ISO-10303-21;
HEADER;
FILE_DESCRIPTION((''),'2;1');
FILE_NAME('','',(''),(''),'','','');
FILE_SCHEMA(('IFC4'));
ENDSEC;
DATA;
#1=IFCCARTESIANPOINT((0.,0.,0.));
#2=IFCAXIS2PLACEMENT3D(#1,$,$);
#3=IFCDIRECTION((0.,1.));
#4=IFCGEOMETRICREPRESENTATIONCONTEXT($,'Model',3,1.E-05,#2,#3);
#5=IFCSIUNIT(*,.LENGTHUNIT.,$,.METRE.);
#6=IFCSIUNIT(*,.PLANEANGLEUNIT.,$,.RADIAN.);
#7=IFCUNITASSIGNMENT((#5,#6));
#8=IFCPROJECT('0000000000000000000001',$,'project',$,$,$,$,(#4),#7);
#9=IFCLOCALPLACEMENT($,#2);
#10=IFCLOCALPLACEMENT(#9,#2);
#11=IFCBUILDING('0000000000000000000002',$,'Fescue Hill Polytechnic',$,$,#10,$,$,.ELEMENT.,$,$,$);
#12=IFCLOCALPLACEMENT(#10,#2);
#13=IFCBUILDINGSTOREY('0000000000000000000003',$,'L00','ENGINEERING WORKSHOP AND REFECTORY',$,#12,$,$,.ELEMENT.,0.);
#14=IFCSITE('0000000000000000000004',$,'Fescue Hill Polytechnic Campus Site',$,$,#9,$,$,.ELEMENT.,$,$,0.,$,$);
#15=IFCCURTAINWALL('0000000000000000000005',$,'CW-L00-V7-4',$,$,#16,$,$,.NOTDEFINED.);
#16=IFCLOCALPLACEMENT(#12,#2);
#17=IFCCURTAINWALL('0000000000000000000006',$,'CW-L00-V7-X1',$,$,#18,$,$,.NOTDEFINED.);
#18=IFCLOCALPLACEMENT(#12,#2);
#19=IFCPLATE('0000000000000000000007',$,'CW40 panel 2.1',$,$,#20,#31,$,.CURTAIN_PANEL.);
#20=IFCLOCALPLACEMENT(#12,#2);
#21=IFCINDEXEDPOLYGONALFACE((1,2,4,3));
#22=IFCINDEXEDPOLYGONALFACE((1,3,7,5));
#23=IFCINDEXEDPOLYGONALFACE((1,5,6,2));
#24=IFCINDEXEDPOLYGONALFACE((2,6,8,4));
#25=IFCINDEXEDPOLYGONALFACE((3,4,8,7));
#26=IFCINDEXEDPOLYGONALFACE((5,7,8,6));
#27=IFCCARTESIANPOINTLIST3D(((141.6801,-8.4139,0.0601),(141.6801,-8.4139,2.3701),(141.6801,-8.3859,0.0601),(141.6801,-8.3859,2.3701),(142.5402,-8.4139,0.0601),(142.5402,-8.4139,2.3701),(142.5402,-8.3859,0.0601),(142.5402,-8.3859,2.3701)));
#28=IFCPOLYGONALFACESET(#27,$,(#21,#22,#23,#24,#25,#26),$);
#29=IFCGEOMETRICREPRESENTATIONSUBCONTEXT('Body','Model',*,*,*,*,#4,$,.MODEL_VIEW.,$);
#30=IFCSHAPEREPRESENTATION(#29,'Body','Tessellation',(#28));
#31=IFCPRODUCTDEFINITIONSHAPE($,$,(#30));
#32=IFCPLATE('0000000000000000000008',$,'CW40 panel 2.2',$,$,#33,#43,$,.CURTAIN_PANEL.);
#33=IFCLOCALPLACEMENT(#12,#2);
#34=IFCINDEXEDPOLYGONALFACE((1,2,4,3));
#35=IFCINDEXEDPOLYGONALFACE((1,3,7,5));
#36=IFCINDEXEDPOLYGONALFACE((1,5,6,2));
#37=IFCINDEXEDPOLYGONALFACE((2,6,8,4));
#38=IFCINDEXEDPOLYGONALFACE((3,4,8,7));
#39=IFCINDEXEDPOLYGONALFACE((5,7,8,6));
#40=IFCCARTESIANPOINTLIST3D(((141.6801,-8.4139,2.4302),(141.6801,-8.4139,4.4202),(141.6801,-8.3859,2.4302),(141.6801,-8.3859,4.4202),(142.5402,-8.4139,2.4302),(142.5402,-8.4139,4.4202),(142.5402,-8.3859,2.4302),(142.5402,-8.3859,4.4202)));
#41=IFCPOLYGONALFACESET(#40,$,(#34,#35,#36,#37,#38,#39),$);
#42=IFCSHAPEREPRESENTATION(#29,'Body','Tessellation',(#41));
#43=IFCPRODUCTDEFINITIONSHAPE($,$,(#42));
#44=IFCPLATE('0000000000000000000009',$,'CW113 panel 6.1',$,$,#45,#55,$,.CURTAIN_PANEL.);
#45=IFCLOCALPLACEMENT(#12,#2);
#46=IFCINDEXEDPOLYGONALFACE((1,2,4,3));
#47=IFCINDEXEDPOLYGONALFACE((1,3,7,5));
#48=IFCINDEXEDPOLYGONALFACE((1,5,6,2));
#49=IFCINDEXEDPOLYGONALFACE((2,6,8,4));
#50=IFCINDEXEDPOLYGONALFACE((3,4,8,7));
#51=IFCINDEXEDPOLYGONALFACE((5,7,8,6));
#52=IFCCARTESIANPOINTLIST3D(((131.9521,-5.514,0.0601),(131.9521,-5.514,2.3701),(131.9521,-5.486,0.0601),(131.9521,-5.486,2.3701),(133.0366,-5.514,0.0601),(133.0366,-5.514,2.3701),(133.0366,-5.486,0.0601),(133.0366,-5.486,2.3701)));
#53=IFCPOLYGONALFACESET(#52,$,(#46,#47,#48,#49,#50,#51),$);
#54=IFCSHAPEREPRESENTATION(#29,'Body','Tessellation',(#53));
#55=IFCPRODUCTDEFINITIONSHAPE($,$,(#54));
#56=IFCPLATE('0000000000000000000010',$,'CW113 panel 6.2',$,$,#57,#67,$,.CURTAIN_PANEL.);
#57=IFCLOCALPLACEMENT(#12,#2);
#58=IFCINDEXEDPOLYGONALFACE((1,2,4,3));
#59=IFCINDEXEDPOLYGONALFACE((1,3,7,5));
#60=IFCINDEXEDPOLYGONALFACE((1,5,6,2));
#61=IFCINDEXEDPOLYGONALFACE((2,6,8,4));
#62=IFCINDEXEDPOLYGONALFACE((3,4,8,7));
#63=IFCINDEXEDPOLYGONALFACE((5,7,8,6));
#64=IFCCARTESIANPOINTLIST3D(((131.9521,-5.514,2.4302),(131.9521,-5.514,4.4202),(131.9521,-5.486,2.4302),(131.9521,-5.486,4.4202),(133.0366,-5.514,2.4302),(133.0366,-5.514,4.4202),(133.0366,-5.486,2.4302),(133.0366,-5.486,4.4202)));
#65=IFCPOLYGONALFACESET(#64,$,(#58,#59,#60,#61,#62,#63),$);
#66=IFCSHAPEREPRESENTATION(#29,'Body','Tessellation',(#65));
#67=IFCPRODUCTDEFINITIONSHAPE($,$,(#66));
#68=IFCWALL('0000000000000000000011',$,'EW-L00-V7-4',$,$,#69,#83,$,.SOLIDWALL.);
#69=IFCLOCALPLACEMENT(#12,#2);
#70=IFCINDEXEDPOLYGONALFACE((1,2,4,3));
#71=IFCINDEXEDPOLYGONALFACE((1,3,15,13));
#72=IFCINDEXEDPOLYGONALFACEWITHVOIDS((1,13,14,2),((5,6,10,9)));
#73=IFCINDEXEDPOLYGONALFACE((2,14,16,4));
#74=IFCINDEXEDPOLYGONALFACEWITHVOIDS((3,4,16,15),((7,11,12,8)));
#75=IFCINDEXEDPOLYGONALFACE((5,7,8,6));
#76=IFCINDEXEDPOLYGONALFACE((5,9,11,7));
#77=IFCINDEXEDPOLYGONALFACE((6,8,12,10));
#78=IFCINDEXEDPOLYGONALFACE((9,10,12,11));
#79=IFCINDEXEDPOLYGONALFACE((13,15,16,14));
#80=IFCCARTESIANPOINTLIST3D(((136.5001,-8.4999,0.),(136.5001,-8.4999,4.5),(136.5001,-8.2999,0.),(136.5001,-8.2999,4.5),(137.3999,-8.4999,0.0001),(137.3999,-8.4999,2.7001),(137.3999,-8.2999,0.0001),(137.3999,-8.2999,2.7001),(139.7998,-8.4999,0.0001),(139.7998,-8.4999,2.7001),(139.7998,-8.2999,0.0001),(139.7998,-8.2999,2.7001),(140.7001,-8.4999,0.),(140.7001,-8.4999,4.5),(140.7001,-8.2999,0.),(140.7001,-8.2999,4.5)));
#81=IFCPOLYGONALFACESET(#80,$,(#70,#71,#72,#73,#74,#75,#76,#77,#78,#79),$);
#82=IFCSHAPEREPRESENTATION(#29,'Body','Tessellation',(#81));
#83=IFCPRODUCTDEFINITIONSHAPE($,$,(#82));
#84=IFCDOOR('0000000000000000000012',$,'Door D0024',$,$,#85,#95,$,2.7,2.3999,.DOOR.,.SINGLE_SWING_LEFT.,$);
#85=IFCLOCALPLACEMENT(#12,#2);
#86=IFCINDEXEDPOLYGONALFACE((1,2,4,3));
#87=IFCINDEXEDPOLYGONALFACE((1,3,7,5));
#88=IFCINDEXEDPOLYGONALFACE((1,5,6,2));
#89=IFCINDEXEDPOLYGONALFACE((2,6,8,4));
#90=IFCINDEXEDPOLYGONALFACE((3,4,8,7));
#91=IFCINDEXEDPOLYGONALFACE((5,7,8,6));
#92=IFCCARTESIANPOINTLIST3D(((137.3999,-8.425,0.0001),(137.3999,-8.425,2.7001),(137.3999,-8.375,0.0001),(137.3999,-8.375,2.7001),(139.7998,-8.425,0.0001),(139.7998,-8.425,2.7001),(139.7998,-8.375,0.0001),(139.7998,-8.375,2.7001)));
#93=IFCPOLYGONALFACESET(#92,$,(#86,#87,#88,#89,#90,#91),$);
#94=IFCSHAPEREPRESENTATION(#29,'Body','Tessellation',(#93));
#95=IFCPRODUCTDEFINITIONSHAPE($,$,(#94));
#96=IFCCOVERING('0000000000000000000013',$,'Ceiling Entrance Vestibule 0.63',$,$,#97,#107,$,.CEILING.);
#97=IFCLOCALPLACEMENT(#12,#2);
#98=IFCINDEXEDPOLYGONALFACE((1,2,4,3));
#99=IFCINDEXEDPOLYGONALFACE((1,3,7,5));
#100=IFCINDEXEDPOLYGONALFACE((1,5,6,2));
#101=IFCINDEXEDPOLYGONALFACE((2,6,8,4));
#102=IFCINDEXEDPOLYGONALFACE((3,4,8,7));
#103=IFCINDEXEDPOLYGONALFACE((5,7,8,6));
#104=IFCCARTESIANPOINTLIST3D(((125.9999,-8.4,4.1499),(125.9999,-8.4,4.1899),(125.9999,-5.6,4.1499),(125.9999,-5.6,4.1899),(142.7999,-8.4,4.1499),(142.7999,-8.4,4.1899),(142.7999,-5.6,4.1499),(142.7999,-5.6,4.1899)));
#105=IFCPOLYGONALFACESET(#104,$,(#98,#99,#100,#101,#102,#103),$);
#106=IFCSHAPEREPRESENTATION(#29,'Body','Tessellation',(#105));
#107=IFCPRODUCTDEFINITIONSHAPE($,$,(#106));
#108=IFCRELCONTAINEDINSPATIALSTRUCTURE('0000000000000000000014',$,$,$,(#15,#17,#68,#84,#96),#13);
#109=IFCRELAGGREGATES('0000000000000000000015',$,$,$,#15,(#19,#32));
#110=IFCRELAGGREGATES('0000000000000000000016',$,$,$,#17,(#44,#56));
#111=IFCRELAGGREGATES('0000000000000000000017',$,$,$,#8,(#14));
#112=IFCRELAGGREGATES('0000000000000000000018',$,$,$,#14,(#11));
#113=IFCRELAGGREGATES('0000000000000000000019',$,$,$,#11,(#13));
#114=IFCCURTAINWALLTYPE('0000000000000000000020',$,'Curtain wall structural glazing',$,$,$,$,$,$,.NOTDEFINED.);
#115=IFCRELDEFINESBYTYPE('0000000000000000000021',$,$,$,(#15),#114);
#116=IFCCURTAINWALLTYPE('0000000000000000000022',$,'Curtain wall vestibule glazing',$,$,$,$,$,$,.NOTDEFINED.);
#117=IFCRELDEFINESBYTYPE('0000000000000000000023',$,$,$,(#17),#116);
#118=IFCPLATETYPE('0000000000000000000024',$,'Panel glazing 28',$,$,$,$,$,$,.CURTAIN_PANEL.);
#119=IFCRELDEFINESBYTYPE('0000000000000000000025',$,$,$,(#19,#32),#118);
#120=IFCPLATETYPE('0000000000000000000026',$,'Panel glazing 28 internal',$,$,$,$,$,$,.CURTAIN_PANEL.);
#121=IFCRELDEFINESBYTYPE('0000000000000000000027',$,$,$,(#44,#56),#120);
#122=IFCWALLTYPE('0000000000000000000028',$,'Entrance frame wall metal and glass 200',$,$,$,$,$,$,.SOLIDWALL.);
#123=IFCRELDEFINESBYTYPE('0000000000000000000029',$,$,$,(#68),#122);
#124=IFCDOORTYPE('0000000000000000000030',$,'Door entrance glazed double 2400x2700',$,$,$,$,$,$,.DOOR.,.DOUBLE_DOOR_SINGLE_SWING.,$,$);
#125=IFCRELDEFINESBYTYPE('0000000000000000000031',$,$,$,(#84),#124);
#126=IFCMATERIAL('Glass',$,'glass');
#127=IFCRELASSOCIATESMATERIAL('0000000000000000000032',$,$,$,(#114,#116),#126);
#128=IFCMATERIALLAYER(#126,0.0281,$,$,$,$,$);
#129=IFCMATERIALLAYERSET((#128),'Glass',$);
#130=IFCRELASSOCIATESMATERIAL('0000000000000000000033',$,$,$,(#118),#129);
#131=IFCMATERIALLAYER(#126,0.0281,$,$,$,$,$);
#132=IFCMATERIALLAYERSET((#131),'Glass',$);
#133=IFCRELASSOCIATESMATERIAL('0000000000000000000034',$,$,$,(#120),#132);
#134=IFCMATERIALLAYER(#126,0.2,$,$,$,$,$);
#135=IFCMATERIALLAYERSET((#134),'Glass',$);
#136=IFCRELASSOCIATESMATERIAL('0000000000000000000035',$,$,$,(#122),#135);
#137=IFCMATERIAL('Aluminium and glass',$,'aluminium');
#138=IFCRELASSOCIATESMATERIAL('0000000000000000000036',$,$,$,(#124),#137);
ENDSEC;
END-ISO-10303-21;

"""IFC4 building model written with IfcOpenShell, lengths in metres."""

from ifc_helpers import new_model, si_unit, direction, frame, frame_2d, origin, origin_2d, place, context, subcontext, project, spatial, rectangle, extrude, material, layer, layer_set, type_object, element, fill, aggregate, save


model = new_model("IFC4")

# Units and contexts
model_context = context("Model", 3, precision=1e-05, world=origin(), true_north=direction((0.0, 1.0)))
body_context = subcontext(model_context, "Body", "Model", "MODEL_VIEW")
ifc_project = project(units=[si_unit("LENGTHUNIT", "METRE"), si_unit("PLANEANGLEUNIT", "RADIAN")], contexts=[model_context])

# Site, building, storey
site_placement = place(None, origin())
site = spatial("IfcSite", under=ifc_project, at=site_placement, Name="Fescue Hill Polytechnic Campus Site", CompositionType="ELEMENT", RefElevation=0.0)
building_placement = place(site_placement, origin())
building = spatial("IfcBuilding", under=site, at=building_placement, Name="Fescue Hill Polytechnic", CompositionType="ELEMENT")
storey_placement = place(building_placement, origin())
storey = spatial("IfcBuildingStorey", under=building, at=storey_placement, Name="L00", Description="ENGINEERING WORKSHOP AND REFECTORY", CompositionType="ELEMENT", Elevation=0.0)

# Curtain wall
ifc_material_1 = material(Name="Glass", Category="glass")
curtain_wall_type_1 = type_object("IfcCurtainWallType", Name="Curtain wall structural glazing", PredefinedType="NOTDEFINED", material=ifc_material_1)
curtain_wall_1_placement = place(storey_placement, origin())
curtain_wall_1 = element("IfcCurtainWall", 1, at=curtain_wall_1_placement, inside=storey, type_object=curtain_wall_type_1, Name="CW-L00-V7-4", PredefinedType="NOTDEFINED")

# Curtain wall
curtain_wall_type_2 = type_object("IfcCurtainWallType", Name="Curtain wall vestibule glazing", PredefinedType="NOTDEFINED", material=ifc_material_1)
curtain_wall_2_placement = place(storey_placement, origin())
curtain_wall_2 = element("IfcCurtainWall", 2, at=curtain_wall_2_placement, inside=storey, type_object=curtain_wall_type_2, Name="CW-L00-V7-X1", PredefinedType="NOTDEFINED")

# Plates
ifc_layer_1 = layer(ifc_material_1, 0.0281)
ifc_layer_set_1 = layer_set([ifc_layer_1], Name="Glass")
plate_type_1 = type_object("IfcPlateType", Name="Panel glazing 28", PredefinedType="CURTAIN_PANEL", material=ifc_layer_set_1)
plate_1_placement = place(storey_placement, frame((142.1101, -8.3999, 0.0601), z_axis=(0.0, 0.0, 1.0), x_axis=(1.0, 0.0, 0.0)))
plate_1 = element("IfcPlate", 3, at=plate_1_placement, type_object=plate_type_1, Name="CW40 panel 2.1", PredefinedType="CURTAIN_PANEL", context=body_context, shape_type="SweptSolid", body=[
    extrude(rectangle(XDim=0.8601, YDim=0.0281, at=origin_2d()), origin(), (0.0, 0.0, 1.0), 2.3101),
])
plate_2_placement = place(storey_placement, frame((142.1101, -8.3999, 2.4302), z_axis=(0.0, 0.0, 1.0), x_axis=(1.0, 0.0, 0.0)))
plate_2 = element("IfcPlate", 4, at=plate_2_placement, type_object=plate_type_1, Name="CW40 panel 2.2", PredefinedType="CURTAIN_PANEL", context=body_context, shape_type="SweptSolid", body=[
    extrude(rectangle(XDim=0.8601, YDim=0.0281, at=origin_2d()), origin(), (0.0, 0.0, 1.0), 1.99),
])
aggregate(curtain_wall_1, [plate_1, plate_2])
ifc_layer_2 = layer(ifc_material_1, 0.0281)
ifc_layer_set_2 = layer_set([ifc_layer_2], Name="Glass")
plate_type_2 = type_object("IfcPlateType", Name="Panel glazing 28 internal", PredefinedType="CURTAIN_PANEL", material=ifc_layer_set_2)
plate_3_placement = place(storey_placement, frame((132.4944, -5.5, 0.0601), z_axis=(0.0, 0.0, 1.0), x_axis=(1.0, 0.0, 0.0)))
plate_3 = element("IfcPlate", 5, at=plate_3_placement, type_object=plate_type_2, Name="CW113 panel 6.1", PredefinedType="CURTAIN_PANEL", context=body_context, shape_type="SweptSolid", body=[
    extrude(rectangle(XDim=1.0845, YDim=0.0281, at=origin_2d()), origin(), (0.0, 0.0, 1.0), 2.3101),
])
plate_4_placement = place(storey_placement, frame((132.4944, -5.5, 2.4302), z_axis=(0.0, 0.0, 1.0), x_axis=(1.0, 0.0, 0.0)))
plate_4 = element("IfcPlate", 6, at=plate_4_placement, type_object=plate_type_2, Name="CW113 panel 6.2", PredefinedType="CURTAIN_PANEL", context=body_context, shape_type="SweptSolid", body=[
    extrude(rectangle(XDim=1.0845, YDim=0.0281, at=origin_2d()), origin(), (0.0, 0.0, 1.0), 1.99),
])
aggregate(curtain_wall_2, [plate_3, plate_4])

# Wall, opening, door
ifc_layer_3 = layer(ifc_material_1, 0.2)
ifc_layer_set_3 = layer_set([ifc_layer_3], Name="Glass")
wall_type = type_object("IfcWallType", Name="Entrance frame wall metal and glass 200", PredefinedType="SOLIDWALL", material=ifc_layer_set_3)
wall_placement = place(storey_placement, frame((136.5, -8.3999, 0.0), z_axis=(0.0, 0.0, 1.0), x_axis=(1.0, 0.0, 0.0)))
wall = element("IfcWall", 7, at=wall_placement, inside=storey, type_object=wall_type, Name="EW-L00-V7-4", PredefinedType="SOLIDWALL", context=body_context, shape_type="SweptSolid", body=[
    extrude(rectangle(XDim=4.2, YDim=0.2, at=frame_2d((2.1001, 0.0))), origin(), (0.0, 0.0, 1.0), 4.5),
])
opening_placement = place(wall_placement, frame((0.8999, 0.0, 0.0)))
opening = element("IfcOpeningElement", 8, at=opening_placement, cuts=wall, PredefinedType="OPENING", context=body_context, shape_type="SweptSolid", body=[
    extrude(rectangle(XDim=2.3999, YDim=2.7, at=frame_2d((1.2, 1.3501))), frame((0.0, 0.1099, 0.0), z_axis=(0.0, -1.0, 0.0), x_axis=(1.0, 0.0, 0.0)), (0.0, 0.0, 1.0), 0.22),
])
ifc_material_2 = material(Name="Aluminium and glass", Category="aluminium")
door_type = type_object("IfcDoorType", Name="Door entrance glazed double 2400x2700", OperationType="DOUBLE_DOOR_SINGLE_SWING", PredefinedType="DOOR", material=ifc_material_2)
door_placement = place(opening_placement, origin())
door = element("IfcDoor", 9, at=door_placement, inside=storey, type_object=door_type, Name="Door D0024", OperationType="SINGLE_SWING_LEFT", OverallHeight=2.7, OverallWidth=2.3999, PredefinedType="DOOR", context=body_context, shape_type="SweptSolid", body=[
    extrude(rectangle(XDim=2.3999, YDim=2.7, at=frame_2d((1.2, 1.3501))), frame((0.0, 0.0249, 0.0), z_axis=(0.0, -1.0, 0.0), x_axis=(1.0, 0.0, 0.0)), (0.0, 0.0, 1.0), 0.05),
])
fill(opening, door)

# Covering
covering_placement = place(storey_placement, frame((134.3999, -7.0, 4.1499), z_axis=(0.0, 0.0, 1.0), x_axis=(1.0, 0.0, 0.0)))
element("IfcCovering", 10, at=covering_placement, inside=storey, Name="Ceiling Entrance Vestibule 0.63", PredefinedType="CEILING", context=body_context, shape_type="SweptSolid", body=[
    extrude(rectangle(XDim=16.8, YDim=2.8, at=origin_2d()), origin(), (0.0, 0.0, 1.0), 0.04),
])

save(model, "model.ifc")
